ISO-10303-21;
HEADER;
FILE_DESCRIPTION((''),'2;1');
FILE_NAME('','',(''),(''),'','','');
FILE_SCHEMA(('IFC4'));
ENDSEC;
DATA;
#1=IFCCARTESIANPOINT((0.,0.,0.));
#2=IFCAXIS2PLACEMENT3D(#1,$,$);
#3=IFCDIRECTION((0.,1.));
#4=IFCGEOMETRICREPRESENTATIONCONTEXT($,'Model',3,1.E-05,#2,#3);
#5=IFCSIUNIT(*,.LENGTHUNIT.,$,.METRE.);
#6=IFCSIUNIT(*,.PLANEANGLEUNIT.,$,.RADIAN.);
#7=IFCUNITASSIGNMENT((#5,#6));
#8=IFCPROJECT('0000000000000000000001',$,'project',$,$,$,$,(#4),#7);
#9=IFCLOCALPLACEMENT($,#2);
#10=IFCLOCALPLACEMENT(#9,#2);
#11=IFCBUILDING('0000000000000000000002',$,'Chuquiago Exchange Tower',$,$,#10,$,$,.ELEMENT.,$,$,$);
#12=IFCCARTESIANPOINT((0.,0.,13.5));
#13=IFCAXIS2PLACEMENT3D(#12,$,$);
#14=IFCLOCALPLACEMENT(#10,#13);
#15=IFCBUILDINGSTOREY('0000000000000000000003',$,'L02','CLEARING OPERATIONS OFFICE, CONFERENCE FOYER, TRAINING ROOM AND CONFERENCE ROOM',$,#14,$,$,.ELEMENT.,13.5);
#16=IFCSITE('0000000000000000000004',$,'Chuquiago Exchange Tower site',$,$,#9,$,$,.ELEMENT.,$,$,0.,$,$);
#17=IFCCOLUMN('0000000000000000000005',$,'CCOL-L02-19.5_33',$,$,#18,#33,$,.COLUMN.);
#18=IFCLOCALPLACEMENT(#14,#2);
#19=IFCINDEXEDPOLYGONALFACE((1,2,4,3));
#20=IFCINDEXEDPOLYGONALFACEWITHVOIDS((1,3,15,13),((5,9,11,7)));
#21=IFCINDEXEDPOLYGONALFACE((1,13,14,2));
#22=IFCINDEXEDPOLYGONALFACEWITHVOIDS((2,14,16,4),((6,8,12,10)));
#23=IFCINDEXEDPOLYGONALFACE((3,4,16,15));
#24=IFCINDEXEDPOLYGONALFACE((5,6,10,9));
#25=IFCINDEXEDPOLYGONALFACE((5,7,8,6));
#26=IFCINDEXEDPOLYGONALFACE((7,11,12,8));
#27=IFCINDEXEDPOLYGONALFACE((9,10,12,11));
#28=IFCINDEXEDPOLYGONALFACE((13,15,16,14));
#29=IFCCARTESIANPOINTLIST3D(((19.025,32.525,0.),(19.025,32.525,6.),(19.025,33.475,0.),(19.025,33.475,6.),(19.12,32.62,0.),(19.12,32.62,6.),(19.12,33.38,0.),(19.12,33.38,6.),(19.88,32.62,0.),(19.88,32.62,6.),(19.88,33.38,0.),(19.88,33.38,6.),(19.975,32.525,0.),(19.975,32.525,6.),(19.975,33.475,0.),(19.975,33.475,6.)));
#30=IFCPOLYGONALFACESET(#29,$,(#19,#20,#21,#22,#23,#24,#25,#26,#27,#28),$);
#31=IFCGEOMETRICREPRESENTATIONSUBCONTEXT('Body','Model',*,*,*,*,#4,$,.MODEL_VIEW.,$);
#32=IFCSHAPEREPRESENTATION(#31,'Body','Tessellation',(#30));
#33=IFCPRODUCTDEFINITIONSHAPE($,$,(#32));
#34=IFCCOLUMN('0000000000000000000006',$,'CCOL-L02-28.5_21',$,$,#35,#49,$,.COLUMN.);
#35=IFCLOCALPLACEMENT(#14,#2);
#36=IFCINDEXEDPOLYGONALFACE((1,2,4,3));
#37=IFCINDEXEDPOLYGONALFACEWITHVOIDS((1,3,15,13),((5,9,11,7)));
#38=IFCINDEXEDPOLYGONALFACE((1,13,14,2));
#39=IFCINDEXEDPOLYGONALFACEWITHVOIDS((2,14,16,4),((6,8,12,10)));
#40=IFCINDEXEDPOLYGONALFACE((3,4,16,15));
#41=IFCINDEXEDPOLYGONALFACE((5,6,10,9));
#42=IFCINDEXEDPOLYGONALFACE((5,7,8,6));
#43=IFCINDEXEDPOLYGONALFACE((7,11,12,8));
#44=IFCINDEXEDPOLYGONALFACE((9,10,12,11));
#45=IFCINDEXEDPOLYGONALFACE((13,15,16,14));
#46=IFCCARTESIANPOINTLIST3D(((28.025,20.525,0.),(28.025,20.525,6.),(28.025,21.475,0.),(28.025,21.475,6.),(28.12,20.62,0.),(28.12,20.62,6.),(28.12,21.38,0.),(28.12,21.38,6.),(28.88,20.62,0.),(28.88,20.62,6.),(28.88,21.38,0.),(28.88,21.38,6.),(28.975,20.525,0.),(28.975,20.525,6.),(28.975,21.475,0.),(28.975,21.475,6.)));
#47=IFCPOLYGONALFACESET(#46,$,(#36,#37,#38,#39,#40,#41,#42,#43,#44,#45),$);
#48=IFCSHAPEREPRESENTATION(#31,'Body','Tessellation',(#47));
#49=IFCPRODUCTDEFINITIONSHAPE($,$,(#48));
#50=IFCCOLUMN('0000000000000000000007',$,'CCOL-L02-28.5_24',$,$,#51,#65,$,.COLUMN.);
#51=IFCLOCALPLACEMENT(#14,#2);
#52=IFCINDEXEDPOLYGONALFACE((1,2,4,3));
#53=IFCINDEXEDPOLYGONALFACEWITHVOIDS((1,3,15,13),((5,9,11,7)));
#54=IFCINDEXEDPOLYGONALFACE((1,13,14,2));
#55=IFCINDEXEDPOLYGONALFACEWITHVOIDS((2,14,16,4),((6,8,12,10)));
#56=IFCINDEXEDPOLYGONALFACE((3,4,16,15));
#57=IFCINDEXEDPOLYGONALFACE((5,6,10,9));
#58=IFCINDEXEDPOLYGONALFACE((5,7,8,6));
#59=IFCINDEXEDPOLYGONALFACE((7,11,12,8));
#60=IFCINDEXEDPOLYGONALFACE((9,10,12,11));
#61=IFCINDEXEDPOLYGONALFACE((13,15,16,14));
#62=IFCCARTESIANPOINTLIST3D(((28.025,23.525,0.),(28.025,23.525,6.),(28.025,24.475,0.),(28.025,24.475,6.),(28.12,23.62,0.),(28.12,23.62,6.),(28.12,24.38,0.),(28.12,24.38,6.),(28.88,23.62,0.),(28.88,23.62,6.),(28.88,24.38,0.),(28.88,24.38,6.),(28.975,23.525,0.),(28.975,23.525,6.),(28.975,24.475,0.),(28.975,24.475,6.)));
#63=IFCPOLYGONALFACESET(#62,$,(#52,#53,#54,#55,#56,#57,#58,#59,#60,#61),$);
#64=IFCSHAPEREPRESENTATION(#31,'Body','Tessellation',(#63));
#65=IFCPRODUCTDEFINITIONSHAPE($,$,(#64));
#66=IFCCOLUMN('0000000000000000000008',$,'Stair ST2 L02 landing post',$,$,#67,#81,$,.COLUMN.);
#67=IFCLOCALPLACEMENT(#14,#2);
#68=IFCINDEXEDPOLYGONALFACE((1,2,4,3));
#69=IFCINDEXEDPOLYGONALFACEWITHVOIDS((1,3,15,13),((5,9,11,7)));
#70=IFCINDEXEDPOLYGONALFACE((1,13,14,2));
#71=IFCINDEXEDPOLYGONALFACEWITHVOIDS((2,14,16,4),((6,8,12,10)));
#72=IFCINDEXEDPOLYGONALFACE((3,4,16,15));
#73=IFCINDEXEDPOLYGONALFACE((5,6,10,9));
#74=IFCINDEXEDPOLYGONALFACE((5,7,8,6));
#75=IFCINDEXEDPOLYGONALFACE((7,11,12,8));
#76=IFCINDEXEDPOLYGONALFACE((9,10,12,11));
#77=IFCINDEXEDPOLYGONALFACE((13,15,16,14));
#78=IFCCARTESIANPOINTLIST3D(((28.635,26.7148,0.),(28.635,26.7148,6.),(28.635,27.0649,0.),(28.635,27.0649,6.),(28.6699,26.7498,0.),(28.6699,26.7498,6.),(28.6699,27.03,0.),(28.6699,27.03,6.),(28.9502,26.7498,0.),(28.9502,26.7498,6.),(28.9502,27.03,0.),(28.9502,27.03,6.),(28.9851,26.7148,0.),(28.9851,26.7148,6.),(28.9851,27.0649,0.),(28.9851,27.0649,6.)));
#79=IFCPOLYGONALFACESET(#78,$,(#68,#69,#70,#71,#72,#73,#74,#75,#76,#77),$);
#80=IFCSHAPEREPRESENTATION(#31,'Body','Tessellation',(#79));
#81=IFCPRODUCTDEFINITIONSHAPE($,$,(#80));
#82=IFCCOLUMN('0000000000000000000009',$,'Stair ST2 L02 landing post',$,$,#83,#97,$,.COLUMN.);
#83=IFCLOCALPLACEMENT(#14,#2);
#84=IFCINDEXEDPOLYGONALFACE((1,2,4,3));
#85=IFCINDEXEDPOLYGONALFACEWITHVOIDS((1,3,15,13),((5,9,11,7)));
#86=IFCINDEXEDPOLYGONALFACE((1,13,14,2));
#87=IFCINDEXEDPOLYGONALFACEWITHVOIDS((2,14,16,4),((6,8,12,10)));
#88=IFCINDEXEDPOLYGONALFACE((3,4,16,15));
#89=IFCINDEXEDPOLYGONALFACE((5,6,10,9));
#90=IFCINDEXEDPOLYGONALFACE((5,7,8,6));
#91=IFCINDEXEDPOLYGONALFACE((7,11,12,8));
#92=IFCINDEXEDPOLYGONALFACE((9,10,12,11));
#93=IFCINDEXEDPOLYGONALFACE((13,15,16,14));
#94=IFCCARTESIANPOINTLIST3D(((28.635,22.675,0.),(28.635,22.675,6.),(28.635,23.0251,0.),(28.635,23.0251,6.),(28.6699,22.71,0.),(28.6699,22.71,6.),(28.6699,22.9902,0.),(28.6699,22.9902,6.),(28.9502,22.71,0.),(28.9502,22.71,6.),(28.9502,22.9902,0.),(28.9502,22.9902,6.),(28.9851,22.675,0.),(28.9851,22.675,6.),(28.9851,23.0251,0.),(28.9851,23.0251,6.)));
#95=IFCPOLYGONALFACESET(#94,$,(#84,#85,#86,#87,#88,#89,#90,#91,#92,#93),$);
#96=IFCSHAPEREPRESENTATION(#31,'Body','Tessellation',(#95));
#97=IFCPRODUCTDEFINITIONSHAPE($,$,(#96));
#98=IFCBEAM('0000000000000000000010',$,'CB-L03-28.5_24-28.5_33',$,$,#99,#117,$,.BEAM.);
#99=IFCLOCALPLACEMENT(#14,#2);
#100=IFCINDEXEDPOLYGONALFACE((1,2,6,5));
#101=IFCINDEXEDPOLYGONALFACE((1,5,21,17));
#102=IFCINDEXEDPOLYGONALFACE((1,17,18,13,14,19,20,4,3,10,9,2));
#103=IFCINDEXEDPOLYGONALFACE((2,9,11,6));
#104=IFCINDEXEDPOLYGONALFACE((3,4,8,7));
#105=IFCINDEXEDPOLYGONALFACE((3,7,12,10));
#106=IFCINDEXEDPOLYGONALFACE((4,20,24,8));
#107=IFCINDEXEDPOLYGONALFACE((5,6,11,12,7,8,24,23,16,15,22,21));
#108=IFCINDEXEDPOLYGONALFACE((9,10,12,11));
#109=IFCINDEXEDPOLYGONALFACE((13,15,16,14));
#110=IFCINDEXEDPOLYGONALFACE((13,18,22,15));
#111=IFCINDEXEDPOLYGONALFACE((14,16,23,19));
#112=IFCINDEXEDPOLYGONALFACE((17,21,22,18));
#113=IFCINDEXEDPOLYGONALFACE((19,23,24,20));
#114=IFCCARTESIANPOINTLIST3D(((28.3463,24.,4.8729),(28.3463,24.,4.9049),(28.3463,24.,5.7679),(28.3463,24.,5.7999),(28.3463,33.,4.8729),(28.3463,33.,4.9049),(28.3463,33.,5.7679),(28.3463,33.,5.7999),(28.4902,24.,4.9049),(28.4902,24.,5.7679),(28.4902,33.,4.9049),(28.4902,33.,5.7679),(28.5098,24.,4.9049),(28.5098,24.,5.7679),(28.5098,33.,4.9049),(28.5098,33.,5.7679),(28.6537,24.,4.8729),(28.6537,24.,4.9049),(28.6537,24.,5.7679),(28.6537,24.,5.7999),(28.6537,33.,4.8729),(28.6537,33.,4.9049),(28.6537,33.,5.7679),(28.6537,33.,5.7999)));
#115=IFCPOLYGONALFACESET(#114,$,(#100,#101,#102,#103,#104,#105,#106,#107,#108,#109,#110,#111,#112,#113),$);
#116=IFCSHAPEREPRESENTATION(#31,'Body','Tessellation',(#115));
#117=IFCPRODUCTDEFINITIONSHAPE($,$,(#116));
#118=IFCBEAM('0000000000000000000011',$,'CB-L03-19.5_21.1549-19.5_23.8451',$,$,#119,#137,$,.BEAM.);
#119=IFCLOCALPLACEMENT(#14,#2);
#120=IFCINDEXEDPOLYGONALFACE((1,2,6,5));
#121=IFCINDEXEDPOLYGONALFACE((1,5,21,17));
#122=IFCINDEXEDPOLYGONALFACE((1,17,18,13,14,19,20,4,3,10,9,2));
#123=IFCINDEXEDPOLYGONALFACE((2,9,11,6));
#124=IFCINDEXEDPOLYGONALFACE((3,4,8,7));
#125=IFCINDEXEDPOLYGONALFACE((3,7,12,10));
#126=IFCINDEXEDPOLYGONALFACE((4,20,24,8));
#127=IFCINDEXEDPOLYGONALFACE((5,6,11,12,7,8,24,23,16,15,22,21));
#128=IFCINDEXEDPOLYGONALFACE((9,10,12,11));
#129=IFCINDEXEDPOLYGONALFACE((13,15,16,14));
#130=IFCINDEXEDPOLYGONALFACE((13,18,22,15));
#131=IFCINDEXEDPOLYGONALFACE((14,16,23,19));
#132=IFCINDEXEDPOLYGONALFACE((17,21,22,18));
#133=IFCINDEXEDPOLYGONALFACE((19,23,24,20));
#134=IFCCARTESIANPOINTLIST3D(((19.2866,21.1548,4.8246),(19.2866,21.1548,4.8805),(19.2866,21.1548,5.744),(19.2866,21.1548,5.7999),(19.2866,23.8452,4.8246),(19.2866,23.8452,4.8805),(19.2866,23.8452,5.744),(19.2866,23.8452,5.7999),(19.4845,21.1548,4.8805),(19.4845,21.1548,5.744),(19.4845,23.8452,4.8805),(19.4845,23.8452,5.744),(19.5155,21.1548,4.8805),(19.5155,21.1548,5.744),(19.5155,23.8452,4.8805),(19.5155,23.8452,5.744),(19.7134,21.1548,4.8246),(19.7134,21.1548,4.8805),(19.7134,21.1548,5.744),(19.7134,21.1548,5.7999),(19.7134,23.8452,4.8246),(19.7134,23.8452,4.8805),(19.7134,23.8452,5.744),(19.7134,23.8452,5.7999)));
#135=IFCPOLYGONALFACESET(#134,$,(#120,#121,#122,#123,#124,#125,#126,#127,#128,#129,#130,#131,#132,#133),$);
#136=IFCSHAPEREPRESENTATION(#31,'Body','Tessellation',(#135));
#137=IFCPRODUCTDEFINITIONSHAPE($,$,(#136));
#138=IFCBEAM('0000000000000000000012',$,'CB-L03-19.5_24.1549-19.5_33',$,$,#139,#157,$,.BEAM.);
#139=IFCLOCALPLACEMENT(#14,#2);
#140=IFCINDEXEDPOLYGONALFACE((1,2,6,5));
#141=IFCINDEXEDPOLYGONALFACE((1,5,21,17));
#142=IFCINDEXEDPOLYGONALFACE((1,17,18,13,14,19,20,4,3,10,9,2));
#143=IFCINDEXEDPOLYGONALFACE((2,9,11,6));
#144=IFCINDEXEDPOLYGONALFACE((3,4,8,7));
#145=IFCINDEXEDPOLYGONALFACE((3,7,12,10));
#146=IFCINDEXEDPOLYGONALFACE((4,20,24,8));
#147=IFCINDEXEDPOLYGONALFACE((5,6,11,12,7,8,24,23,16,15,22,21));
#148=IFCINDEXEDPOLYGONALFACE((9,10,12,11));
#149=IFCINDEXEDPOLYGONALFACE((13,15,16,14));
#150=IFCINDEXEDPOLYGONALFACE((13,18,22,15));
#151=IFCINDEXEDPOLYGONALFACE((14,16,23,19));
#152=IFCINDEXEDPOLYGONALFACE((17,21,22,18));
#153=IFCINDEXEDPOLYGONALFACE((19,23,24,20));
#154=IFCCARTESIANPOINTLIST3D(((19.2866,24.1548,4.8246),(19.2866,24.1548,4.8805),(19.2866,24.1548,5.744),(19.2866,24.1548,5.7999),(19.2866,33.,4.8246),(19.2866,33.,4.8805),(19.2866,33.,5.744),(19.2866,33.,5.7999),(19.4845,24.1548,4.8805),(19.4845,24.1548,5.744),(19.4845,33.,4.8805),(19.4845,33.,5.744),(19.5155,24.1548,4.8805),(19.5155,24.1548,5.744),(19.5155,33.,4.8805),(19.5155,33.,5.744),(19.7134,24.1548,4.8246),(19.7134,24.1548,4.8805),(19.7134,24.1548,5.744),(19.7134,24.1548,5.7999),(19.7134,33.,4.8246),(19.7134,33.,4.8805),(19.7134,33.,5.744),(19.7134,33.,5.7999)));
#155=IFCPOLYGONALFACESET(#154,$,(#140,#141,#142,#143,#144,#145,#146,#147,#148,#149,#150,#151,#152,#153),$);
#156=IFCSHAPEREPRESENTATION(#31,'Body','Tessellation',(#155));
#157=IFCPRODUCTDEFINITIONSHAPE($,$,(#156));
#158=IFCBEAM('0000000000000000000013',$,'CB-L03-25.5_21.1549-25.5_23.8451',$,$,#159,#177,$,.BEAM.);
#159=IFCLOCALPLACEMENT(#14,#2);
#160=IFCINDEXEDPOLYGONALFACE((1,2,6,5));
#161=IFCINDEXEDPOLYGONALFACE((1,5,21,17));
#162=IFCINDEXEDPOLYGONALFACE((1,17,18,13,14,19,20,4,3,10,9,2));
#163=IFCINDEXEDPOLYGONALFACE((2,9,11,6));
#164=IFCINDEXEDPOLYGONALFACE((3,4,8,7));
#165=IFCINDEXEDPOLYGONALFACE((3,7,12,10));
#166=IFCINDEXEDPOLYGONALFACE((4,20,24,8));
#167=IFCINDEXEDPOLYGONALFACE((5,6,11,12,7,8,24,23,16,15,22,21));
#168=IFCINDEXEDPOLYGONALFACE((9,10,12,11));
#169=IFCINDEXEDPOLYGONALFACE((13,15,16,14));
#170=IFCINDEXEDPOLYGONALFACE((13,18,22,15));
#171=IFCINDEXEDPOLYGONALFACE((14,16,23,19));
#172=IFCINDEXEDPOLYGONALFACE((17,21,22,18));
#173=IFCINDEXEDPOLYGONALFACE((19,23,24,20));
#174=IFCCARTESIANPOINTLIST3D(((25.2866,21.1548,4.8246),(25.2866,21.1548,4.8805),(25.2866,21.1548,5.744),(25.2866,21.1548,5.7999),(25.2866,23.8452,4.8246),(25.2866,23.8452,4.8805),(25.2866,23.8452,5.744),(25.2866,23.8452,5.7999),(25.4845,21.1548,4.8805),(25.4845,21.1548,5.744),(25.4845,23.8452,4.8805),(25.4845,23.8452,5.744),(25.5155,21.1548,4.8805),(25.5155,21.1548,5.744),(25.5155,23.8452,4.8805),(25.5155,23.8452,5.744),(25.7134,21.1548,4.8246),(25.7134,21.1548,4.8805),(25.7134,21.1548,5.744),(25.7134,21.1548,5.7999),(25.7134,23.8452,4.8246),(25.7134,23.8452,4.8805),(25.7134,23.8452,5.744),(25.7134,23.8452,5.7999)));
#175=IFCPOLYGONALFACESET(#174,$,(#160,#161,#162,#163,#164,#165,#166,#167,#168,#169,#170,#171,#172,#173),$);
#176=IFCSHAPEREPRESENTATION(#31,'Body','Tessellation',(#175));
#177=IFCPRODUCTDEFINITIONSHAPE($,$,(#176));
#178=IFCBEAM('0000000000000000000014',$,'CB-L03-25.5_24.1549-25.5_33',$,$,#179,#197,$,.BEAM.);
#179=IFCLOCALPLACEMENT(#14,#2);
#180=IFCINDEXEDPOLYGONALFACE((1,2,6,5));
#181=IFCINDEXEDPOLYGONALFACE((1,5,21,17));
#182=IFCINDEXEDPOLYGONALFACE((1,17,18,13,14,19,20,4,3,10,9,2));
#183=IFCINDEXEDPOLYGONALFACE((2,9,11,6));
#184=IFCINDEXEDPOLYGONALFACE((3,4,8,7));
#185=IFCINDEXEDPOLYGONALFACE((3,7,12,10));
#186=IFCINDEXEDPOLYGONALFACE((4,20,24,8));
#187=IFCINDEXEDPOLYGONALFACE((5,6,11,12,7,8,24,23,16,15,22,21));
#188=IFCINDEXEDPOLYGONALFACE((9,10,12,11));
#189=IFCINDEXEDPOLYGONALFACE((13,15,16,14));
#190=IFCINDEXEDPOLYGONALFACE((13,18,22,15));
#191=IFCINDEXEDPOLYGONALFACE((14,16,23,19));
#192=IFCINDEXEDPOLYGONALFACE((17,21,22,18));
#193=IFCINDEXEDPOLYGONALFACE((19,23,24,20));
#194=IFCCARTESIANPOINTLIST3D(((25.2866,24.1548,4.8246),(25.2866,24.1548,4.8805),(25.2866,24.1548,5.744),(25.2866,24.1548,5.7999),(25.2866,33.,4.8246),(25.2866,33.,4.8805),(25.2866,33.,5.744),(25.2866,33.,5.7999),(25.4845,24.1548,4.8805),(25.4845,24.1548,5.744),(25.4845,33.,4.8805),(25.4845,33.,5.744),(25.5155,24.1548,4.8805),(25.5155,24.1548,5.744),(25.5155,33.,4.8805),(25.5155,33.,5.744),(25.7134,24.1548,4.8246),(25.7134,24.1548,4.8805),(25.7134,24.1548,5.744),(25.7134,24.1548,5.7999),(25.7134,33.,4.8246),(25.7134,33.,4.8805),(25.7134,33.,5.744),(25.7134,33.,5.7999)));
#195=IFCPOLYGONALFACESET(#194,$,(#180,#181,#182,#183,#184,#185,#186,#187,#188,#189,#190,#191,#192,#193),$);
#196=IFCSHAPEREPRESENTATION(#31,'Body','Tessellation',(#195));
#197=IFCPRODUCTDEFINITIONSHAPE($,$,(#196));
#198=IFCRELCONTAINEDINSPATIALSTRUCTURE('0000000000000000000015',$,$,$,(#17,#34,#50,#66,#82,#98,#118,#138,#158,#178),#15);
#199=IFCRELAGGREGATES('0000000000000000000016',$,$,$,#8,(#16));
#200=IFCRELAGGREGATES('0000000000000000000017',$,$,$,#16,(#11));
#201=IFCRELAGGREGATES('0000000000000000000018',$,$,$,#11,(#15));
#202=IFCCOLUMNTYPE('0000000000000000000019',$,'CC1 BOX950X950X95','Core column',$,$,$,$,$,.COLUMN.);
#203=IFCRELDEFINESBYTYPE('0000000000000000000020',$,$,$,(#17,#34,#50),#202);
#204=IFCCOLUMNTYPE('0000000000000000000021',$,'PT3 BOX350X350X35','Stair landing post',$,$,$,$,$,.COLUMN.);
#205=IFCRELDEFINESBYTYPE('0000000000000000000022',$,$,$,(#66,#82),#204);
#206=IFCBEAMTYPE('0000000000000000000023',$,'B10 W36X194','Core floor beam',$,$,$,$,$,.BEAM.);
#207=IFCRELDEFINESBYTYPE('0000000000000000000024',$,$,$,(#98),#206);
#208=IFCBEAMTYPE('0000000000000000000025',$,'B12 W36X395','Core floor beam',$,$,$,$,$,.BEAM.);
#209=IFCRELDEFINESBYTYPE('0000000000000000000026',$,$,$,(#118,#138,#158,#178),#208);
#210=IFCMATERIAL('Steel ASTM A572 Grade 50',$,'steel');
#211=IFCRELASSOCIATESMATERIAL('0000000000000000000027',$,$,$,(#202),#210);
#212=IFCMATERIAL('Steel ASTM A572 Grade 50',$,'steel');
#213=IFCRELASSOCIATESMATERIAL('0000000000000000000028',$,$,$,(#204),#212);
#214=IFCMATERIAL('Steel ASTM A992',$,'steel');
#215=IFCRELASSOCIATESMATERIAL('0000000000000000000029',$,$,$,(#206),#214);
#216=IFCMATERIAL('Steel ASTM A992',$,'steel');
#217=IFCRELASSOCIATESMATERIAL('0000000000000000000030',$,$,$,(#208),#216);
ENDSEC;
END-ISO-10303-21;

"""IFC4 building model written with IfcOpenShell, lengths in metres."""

from ifc_helpers import new_model, si_unit, direction, frame, origin, origin_2d, place, context, subcontext, project, spatial, hollow_rectangle, i_section, extrude, material, material_profile, profile_set, type_object, element, save


model = new_model("IFC4")

# Units and contexts
model_context = context("Model", 3, precision=1e-05, world=origin(), true_north=direction((0.0, 1.0)))
body_context = subcontext(model_context, "Body", "Model", "MODEL_VIEW")
ifc_project = project(units=[si_unit("LENGTHUNIT", "METRE"), si_unit("PLANEANGLEUNIT", "RADIAN")], contexts=[model_context])

# Site, building, storey
site_placement = place(None, origin())
site = spatial("IfcSite", under=ifc_project, at=site_placement, Name="Chuquiago Exchange Tower site", CompositionType="ELEMENT", RefElevation=0.0)
building_placement = place(site_placement, origin())
building = spatial("IfcBuilding", under=site, at=building_placement, Name="Chuquiago Exchange Tower", CompositionType="ELEMENT")
storey_placement = place(building_placement, frame((0.0, 0.0, 13.5)))
storey = spatial("IfcBuildingStorey", under=building, at=storey_placement, Name="L02", Description="CLEARING OPERATIONS OFFICE, CONFERENCE FOYER, TRAINING ROOM AND CONFERENCE ROOM", CompositionType="ELEMENT", Elevation=13.5)

# Columns
ifc_material_1 = material(Name="Steel ASTM A572 Grade 50", Category="steel")
ifc_material_profile_1 = material_profile(ifc_material_1, hollow_rectangle(XDim=0.95, YDim=0.95, WallThickness=0.095, at=origin_2d()), Name="BOX950X950X95")
ifc_profile_set_1 = profile_set([ifc_material_profile_1], Name="Steel ASTM A572 Grade 50")
column_type_1 = type_object("IfcColumnType", Name="CC1 BOX950X950X95", Description="Core column", PredefinedType="COLUMN", material=ifc_profile_set_1)
for number, where, z_axis, x_axis, name in (
    (1, (19.5, 33.0, 0.0), (0.0, 0.0, 1.0), (1.0, 0.0, 0.0), "CCOL-L02-19.5_33"),
    (2, (28.5, 21.0, 0.0), (0.0, 0.0, 1.0), (1.0, 0.0, 0.0), "CCOL-L02-28.5_21"),
    (3, (28.5, 24.0, 0.0), (0.0, 0.0, 1.0), (1.0, 0.0, 0.0), "CCOL-L02-28.5_24"),
):
    element("IfcColumn", number, at=place(storey_placement, frame(where, z_axis=z_axis, x_axis=x_axis)), inside=storey, type_object=column_type_1, Name=name, PredefinedType="COLUMN", context=body_context, shape_type="SweptSolid", body=[
        extrude(hollow_rectangle(XDim=0.95, YDim=0.95, WallThickness=0.095, at=origin_2d()), origin(), (0.0, 0.0, 1.0), 6.0),
    ])
ifc_material_2 = material(Name="Steel ASTM A572 Grade 50", Category="steel")
ifc_material_profile_2 = material_profile(ifc_material_2, hollow_rectangle(XDim=0.3501, YDim=0.3501, WallThickness=0.0349, at=origin_2d()), Name="BOX350X350X35")
ifc_profile_set_2 = profile_set([ifc_material_profile_2], Name="Steel ASTM A572 Grade 50")
column_type_2 = type_object("IfcColumnType", Name="PT3 BOX350X350X35", Description="Stair landing post", PredefinedType="COLUMN", material=ifc_profile_set_2)
for number, where, z_axis, x_axis, name in (
    (4, (28.8101, 26.8899, 0.0), (0.0, 0.0, 1.0), (1.0, 0.0, 0.0), "Stair ST2 L02 landing post"),
    (5, (28.8101, 22.8501, 0.0), (0.0, 0.0, 1.0), (1.0, 0.0, 0.0), "Stair ST2 L02 landing post"),
):
    element("IfcColumn", number, at=place(storey_placement, frame(where, z_axis=z_axis, x_axis=x_axis)), inside=storey, type_object=column_type_2, Name=name, PredefinedType="COLUMN", context=body_context, shape_type="SweptSolid", body=[
        extrude(hollow_rectangle(XDim=0.3501, YDim=0.3501, WallThickness=0.0349, at=origin_2d()), origin(), (0.0, 0.0, 1.0), 6.0),
    ])

# Beams
ifc_material_3 = material(Name="Steel ASTM A992", Category="steel")
ifc_material_profile_3 = material_profile(ifc_material_3, i_section(OverallWidth=0.3074, OverallDepth=0.927, WebThickness=0.0195, FlangeThickness=0.032, at=origin_2d()), Name="W36X194")
ifc_profile_set_3 = profile_set([ifc_material_profile_3], Name="Steel ASTM A992")
beam_type_1 = type_object("IfcBeamType", Name="B10 W36X194", Description="Core floor beam", PredefinedType="BEAM", material=ifc_profile_set_3)
beam_1_placement = place(storey_placement, frame((28.5, 24.0, 5.3364), z_axis=(0.0, 1.0, 0.0), x_axis=(-1.0, 0.0, 0.0)))
element("IfcBeam", 6, at=beam_1_placement, inside=storey, type_object=beam_type_1, Name="CB-L03-28.5_24-28.5_33", PredefinedType="BEAM", context=body_context, shape_type="SweptSolid", body=[
    extrude(i_section(OverallWidth=0.3074, OverallDepth=0.927, WebThickness=0.0195, FlangeThickness=0.032, at=origin_2d()), origin(), (0.0, 0.0, 1.0), 9.0),
])
ifc_material_4 = material(Name="Steel ASTM A992", Category="steel")
ifc_material_profile_4 = material_profile(ifc_material_4, i_section(OverallWidth=0.4268, OverallDepth=0.9753, WebThickness=0.031, FlangeThickness=0.0559, at=origin_2d()), Name="W36X395")
ifc_profile_set_4 = profile_set([ifc_material_profile_4], Name="Steel ASTM A992")
beam_type_2 = type_object("IfcBeamType", Name="B12 W36X395", Description="Core floor beam", PredefinedType="BEAM", material=ifc_profile_set_4)
beam_2_placement = place(storey_placement, frame((19.5, 21.1548, 5.3123), z_axis=(0.0, 1.0, 0.0), x_axis=(-1.0, 0.0, 0.0)))
element("IfcBeam", 7, at=beam_2_placement, inside=storey, type_object=beam_type_2, Name="CB-L03-19.5_21.1549-19.5_23.8451", PredefinedType="BEAM", context=body_context, shape_type="SweptSolid", body=[
    extrude(i_section(OverallWidth=0.4268, OverallDepth=0.9753, WebThickness=0.031, FlangeThickness=0.0559, at=origin_2d()), origin(), (0.0, 0.0, 1.0), 2.6904),
])
beam_3_placement = place(storey_placement, frame((19.5, 24.1548, 5.3123), z_axis=(0.0, 1.0, 0.0), x_axis=(-1.0, 0.0, 0.0)))
element("IfcBeam", 8, at=beam_3_placement, inside=storey, type_object=beam_type_2, Name="CB-L03-19.5_24.1549-19.5_33", PredefinedType="BEAM", context=body_context, shape_type="SweptSolid", body=[
    extrude(i_section(OverallWidth=0.4268, OverallDepth=0.9753, WebThickness=0.031, FlangeThickness=0.0559, at=origin_2d()), origin(), (0.0, 0.0, 1.0), 8.8452),
])
beam_4_placement = place(storey_placement, frame((25.5, 21.1548, 5.3123), z_axis=(0.0, 1.0, 0.0), x_axis=(-1.0, 0.0, 0.0)))
element("IfcBeam", 9, at=beam_4_placement, inside=storey, type_object=beam_type_2, Name="CB-L03-25.5_21.1549-25.5_23.8451", PredefinedType="BEAM", context=body_context, shape_type="SweptSolid", body=[
    extrude(i_section(OverallWidth=0.4268, OverallDepth=0.9753, WebThickness=0.031, FlangeThickness=0.0559, at=origin_2d()), origin(), (0.0, 0.0, 1.0), 2.6904),
])
beam_5_placement = place(storey_placement, frame((25.5, 24.1548, 5.3123), z_axis=(0.0, 1.0, 0.0), x_axis=(-1.0, 0.0, 0.0)))
element("IfcBeam", 10, at=beam_5_placement, inside=storey, type_object=beam_type_2, Name="CB-L03-25.5_24.1549-25.5_33", PredefinedType="BEAM", context=body_context, shape_type="SweptSolid", body=[
    extrude(i_section(OverallWidth=0.4268, OverallDepth=0.9753, WebThickness=0.031, FlangeThickness=0.0559, at=origin_2d()), origin(), (0.0, 0.0, 1.0), 8.8452),
])

save(model, "model.ifc")
